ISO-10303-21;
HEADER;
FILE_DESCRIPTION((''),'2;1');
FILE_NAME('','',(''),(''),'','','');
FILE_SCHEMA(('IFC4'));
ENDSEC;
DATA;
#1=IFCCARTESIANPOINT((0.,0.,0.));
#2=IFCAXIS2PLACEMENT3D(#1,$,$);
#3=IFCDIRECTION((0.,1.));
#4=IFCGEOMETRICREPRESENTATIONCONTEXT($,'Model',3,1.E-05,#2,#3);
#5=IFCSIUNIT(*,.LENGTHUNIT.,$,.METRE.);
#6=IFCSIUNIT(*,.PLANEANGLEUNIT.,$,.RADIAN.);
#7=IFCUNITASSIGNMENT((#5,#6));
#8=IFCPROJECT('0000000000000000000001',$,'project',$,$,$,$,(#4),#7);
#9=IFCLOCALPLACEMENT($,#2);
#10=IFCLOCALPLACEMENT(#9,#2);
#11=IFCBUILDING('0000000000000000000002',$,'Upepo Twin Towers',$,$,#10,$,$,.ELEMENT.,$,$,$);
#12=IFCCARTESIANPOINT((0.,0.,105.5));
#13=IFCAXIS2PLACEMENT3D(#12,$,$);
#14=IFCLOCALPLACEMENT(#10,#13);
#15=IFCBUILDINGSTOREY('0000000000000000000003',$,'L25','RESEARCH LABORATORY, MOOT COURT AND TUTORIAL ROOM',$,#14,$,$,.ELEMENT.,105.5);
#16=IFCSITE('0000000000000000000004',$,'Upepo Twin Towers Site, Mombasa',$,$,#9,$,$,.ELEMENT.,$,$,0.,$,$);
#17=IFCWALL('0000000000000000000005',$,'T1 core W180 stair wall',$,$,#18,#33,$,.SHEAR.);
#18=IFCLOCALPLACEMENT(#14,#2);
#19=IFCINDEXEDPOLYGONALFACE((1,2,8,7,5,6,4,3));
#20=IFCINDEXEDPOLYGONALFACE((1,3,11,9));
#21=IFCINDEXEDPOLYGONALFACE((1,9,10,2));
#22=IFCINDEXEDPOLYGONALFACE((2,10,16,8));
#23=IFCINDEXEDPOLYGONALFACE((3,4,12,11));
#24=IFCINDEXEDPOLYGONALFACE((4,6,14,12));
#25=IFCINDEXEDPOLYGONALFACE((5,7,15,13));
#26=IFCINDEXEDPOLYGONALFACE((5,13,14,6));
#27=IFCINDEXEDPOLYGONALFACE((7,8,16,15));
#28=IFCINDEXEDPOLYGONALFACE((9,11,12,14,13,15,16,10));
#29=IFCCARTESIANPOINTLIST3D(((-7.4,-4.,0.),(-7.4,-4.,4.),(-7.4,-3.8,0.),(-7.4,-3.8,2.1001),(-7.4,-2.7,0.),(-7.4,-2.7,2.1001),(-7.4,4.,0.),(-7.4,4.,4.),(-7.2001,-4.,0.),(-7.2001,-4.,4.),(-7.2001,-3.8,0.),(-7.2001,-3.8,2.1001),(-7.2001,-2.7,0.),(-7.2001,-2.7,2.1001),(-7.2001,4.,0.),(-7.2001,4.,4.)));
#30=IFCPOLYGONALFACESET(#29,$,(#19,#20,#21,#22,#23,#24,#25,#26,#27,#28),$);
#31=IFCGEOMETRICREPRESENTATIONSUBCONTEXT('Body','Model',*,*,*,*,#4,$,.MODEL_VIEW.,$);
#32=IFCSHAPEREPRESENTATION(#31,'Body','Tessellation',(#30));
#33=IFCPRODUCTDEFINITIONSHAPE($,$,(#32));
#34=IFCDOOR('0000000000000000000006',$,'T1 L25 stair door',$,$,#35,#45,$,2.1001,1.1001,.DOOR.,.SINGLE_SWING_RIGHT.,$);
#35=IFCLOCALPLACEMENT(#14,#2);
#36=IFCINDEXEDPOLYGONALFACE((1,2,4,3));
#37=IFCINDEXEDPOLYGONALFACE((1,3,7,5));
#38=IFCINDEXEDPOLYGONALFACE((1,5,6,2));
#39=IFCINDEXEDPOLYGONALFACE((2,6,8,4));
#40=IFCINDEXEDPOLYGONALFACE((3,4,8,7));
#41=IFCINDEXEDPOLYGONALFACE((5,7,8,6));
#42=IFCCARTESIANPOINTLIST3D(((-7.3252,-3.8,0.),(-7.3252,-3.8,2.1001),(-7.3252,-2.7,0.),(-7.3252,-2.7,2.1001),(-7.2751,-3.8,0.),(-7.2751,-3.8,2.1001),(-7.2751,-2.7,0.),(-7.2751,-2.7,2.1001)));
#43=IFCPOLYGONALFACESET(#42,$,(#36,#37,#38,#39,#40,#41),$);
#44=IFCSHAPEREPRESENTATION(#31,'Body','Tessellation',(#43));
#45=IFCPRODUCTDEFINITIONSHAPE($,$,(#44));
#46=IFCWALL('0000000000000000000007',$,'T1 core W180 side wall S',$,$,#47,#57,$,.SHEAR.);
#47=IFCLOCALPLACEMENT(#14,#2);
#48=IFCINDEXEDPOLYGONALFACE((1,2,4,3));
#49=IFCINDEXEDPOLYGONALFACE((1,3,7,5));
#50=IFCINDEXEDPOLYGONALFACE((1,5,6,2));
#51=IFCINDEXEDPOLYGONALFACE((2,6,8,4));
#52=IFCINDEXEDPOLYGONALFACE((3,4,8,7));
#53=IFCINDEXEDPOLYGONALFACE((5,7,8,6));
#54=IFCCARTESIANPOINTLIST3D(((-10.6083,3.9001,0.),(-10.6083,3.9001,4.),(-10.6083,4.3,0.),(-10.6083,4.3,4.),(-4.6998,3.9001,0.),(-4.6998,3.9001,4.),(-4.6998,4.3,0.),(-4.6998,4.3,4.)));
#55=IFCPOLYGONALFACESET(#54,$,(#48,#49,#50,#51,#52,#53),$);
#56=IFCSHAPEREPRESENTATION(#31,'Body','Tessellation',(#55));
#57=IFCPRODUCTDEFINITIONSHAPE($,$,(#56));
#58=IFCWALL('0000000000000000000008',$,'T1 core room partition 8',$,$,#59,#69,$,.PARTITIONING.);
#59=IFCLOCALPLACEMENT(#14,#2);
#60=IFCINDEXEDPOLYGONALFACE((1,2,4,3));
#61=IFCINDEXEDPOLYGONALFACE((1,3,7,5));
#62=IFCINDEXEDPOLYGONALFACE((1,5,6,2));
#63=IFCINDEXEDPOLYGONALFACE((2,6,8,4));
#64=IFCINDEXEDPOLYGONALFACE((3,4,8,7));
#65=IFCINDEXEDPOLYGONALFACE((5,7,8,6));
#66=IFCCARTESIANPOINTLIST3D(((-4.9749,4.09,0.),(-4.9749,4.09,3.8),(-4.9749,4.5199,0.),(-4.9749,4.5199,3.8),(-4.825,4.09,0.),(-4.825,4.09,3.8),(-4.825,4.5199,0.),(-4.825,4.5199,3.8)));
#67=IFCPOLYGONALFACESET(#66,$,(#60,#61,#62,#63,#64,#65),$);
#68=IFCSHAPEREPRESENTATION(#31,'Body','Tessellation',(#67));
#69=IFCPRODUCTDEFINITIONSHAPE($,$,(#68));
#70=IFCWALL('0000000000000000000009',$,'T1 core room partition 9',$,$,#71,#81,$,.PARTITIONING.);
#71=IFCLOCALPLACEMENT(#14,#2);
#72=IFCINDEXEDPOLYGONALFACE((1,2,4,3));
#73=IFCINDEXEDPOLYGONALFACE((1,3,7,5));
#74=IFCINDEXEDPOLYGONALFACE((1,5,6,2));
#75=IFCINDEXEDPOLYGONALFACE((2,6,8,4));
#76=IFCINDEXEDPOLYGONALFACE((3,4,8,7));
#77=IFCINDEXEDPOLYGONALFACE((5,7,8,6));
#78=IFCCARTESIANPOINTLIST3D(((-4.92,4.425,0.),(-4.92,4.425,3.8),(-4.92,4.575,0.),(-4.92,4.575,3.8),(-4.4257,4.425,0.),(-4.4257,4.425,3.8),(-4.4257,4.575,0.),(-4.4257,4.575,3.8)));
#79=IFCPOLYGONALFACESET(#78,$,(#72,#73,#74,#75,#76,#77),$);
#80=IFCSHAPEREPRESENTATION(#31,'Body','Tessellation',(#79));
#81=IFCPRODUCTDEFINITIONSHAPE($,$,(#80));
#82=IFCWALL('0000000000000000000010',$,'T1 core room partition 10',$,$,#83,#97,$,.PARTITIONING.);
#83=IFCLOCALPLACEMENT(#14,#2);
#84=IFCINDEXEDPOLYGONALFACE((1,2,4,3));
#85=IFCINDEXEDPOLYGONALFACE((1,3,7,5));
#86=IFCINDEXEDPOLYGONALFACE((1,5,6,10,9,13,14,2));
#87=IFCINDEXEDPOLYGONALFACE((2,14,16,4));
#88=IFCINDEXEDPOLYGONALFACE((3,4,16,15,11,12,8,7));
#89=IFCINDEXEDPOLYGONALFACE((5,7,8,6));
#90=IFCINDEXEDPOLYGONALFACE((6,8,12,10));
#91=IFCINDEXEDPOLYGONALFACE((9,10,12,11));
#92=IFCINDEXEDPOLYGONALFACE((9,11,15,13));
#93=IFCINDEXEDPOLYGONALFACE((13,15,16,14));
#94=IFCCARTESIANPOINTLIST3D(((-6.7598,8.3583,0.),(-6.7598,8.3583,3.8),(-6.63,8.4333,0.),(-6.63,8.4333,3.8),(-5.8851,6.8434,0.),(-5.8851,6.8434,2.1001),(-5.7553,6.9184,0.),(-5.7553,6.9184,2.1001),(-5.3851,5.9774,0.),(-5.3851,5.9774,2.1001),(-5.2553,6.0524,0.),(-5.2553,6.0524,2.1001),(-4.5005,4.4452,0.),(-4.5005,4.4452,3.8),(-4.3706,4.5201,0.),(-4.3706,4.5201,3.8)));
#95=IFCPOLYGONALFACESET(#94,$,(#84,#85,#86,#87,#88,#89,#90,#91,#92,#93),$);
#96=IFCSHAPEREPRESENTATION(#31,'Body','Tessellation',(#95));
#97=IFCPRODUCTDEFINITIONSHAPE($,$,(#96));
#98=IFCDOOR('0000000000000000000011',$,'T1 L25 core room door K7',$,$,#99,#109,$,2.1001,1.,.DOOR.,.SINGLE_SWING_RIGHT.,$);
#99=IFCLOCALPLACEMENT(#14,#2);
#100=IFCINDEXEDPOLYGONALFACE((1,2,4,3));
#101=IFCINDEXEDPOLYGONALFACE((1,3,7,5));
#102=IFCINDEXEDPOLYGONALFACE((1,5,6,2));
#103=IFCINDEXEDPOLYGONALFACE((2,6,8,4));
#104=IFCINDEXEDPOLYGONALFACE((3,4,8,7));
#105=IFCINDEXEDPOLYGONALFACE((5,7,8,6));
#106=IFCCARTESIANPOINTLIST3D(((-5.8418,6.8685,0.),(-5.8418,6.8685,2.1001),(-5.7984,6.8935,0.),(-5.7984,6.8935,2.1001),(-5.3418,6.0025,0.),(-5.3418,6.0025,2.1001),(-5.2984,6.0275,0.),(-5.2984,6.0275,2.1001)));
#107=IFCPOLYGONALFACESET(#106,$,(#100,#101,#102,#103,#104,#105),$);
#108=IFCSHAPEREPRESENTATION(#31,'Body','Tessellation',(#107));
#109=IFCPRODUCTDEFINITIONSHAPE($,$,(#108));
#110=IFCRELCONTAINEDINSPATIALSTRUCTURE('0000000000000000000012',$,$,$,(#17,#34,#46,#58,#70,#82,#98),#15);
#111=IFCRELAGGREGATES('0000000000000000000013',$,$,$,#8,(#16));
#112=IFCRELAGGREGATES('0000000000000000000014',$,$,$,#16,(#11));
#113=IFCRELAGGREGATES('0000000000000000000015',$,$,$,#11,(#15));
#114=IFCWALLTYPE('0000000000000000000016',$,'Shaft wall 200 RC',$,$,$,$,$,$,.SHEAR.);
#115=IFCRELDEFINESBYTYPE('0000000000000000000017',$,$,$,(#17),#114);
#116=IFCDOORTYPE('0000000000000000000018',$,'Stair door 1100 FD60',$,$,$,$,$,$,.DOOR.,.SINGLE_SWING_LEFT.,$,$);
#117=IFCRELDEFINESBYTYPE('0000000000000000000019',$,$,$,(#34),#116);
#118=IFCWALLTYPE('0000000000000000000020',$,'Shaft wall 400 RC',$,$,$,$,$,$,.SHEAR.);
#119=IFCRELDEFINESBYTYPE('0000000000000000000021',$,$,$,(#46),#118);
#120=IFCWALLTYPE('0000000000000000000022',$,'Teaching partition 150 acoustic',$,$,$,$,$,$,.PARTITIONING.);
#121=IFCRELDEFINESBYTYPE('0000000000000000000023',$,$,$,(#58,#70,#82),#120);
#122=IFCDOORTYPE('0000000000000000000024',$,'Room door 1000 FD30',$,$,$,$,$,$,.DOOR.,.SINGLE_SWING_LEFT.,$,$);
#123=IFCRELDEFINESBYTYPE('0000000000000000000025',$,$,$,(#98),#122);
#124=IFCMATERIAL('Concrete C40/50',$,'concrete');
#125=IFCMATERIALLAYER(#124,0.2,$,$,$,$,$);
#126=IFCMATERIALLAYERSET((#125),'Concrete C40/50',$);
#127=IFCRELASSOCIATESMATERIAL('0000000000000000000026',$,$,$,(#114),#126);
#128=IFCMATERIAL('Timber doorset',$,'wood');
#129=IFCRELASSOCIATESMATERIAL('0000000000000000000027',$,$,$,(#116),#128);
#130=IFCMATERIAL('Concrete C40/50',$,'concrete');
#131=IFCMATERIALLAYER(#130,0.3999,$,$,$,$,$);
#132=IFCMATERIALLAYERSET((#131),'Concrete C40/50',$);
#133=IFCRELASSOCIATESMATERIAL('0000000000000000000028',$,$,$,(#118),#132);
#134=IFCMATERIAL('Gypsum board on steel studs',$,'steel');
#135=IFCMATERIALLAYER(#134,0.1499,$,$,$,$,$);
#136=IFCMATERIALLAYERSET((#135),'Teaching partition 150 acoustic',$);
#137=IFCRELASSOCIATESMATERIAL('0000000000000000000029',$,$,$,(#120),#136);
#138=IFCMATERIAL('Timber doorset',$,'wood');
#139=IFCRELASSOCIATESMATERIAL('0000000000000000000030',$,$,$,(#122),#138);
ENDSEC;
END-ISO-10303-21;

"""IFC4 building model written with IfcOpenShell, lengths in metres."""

from ifc_helpers import new_model, si_unit, direction, frame, frame_2d, origin, place, context, subcontext, project, spatial, rectangle, extrude, material, layer, layer_set, type_object, element, fill, save


model = new_model("IFC4")

# Units and contexts
model_context = context("Model", 3, precision=1e-05, world=origin(), true_north=direction((0.0, 1.0)))
body_context = subcontext(model_context, "Body", "Model", "MODEL_VIEW")
ifc_project = project(units=[si_unit("LENGTHUNIT", "METRE"), si_unit("PLANEANGLEUNIT", "RADIAN")], contexts=[model_context])

# Site, building, storey
site_placement = place(None, origin())
site = spatial("IfcSite", under=ifc_project, at=site_placement, Name="Upepo Twin Towers Site, Mombasa", CompositionType="ELEMENT", RefElevation=0.0)
building_placement = place(site_placement, origin())
building = spatial("IfcBuilding", under=site, at=building_placement, Name="Upepo Twin Towers", CompositionType="ELEMENT")
storey_placement = place(building_placement, frame((0.0, 0.0, 105.5)))
storey = spatial("IfcBuildingStorey", under=building, at=storey_placement, Name="L25", Description="RESEARCH LABORATORY, MOOT COURT AND TUTORIAL ROOM", CompositionType="ELEMENT", Elevation=105.5)

# Shared definitions
ifc_material_1 = material(Name="Concrete C40/50", Category="concrete")
ifc_layer_1 = layer(ifc_material_1, 0.2)
ifc_layer_set_1 = layer_set([ifc_layer_1], Name="Concrete C40/50")
wall_type_1 = type_object("IfcWallType", Name="Shaft wall 200 RC", PredefinedType="SHEAR", material=ifc_layer_set_1)

# Wall, opening, door
wall_1_placement = place(storey_placement, frame((-7.3, 4.0, 0.0), z_axis=(0.0, 0.0, 1.0), x_axis=(0.0, -1.0, 0.0)))
wall_1 = element("IfcWall", 1, at=wall_1_placement, inside=storey, type_object=wall_type_1, Name="T1 core W180 stair wall", PredefinedType="SHEAR", context=body_context, shape_type="SweptSolid", body=[
    extrude(rectangle(XDim=8.0, YDim=0.2, at=frame_2d((4.0, 0.0))), origin(), (0.0, 0.0, 1.0), 4.0),
])
opening_1_placement = place(wall_1_placement, frame((6.7, 0.0, 0.0)))
opening_1 = element("IfcOpeningElement", 2, at=opening_1_placement, cuts=wall_1, PredefinedType="OPENING", context=body_context, shape_type="SweptSolid", body=[
    extrude(rectangle(XDim=1.1001, YDim=2.1001, at=frame_2d((0.55, 1.05))), frame((0.0, 0.1099, 0.0), z_axis=(0.0, -1.0, 0.0), x_axis=(1.0, 0.0, 0.0)), (0.0, 0.0, 1.0), 0.22),
])
ifc_material_2 = material(Name="Timber doorset", Category="wood")
door_type_1 = type_object("IfcDoorType", Name="Stair door 1100 FD60", OperationType="SINGLE_SWING_LEFT", PredefinedType="DOOR", material=ifc_material_2)
door_1_placement = place(opening_1_placement, origin())
door_1 = element("IfcDoor", 3, at=door_1_placement, inside=storey, type_object=door_type_1, Name="T1 L25 stair door", OperationType="SINGLE_SWING_RIGHT", OverallHeight=2.1001, OverallWidth=1.1001, PredefinedType="DOOR", context=body_context, shape_type="SweptSolid", body=[
    extrude(rectangle(XDim=1.1001, YDim=2.1001, at=frame_2d((0.55, 1.05))), frame((0.0, 0.0249, 0.0), z_axis=(0.0, -1.0, 0.0), x_axis=(1.0, 0.0, 0.0)), (0.0, 0.0, 1.0), 0.05),
])
fill(opening_1, door_1)

# Walls
ifc_material_3 = material(Name="Concrete C40/50", Category="concrete")
ifc_layer_2 = layer(ifc_material_3, 0.3999)
ifc_layer_set_2 = layer_set([ifc_layer_2], Name="Concrete C40/50")
wall_type_2 = type_object("IfcWallType", Name="Shaft wall 400 RC", PredefinedType="SHEAR", material=ifc_layer_set_2)
wall_2_placement = place(storey_placement, frame((-4.7, 4.1001, 0.0), z_axis=(0.0, 0.0, 1.0), x_axis=(-1.0, 0.0, 0.0)))
element("IfcWall", 4, at=wall_2_placement, inside=storey, type_object=wall_type_2, Name="T1 core W180 side wall S", PredefinedType="SHEAR", context=body_context, shape_type="SweptSolid", body=[
    extrude(rectangle(XDim=5.9084, YDim=0.3999, at=frame_2d((2.9541, 0.0))), origin(), (0.0, 0.0, 1.0), 4.0),
])
ifc_material_4 = material(Name="Gypsum board on steel studs", Category="steel")
ifc_layer_3 = layer(ifc_material_4, 0.1499)
ifc_layer_set_3 = layer_set([ifc_layer_3], Name="Teaching partition 150 acoustic")
wall_type_3 = type_object("IfcWallType", Name="Teaching partition 150 acoustic", PredefinedType="PARTITIONING", material=ifc_layer_set_3)
wall_3_placement = place(storey_placement, frame((-4.8999, 4.0901, 0.0), z_axis=(0.0, 0.0, 1.0), x_axis=(0.0, 1.0, 0.0)))
element("IfcWall", 5, at=wall_3_placement, inside=storey, type_object=wall_type_3, Name="T1 core room partition 8", PredefinedType="PARTITIONING", context=body_context, shape_type="SweptSolid", body=[
    extrude(rectangle(XDim=0.4299, YDim=0.1499, at=frame_2d((0.2148, 0.0))), origin(), (0.0, 0.0, 1.0), 3.8),
])
wall_4_placement = place(storey_placement, frame((-4.9199, 4.5, 0.0), z_axis=(0.0, 0.0, 1.0), x_axis=(1.0, 0.0, 0.0)))
element("IfcWall", 6, at=wall_4_placement, inside=storey, type_object=wall_type_3, Name="T1 core room partition 9", PredefinedType="PARTITIONING", context=body_context, shape_type="SweptSolid", body=[
    extrude(rectangle(XDim=0.4944, YDim=0.1499, at=frame_2d((0.2471, 0.0))), origin(), (0.0, 0.0, 1.0), 3.8),
])

# Wall, opening, door
wall_5_placement = place(storey_placement, frame((-4.4355, 4.4827, 0.0), z_axis=(0.0, 0.0, 1.0), x_axis=(-0.500009, 0.86602, 0.0)))
wall_5 = element("IfcWall", 7, at=wall_5_placement, inside=storey, type_object=wall_type_3, Name="T1 core room partition 10", PredefinedType="PARTITIONING", context=body_context, shape_type="SweptSolid", body=[
    extrude(rectangle(XDim=4.5186, YDim=0.1499, at=frame_2d((2.2593, 0.0))), origin(), (0.0, 0.0, 1.0), 3.8),
])
opening_2_placement = place(wall_5_placement, frame((1.7693, 0.0, 0.0)))
opening_2 = element("IfcOpeningElement", 8, at=opening_2_placement, cuts=wall_5, PredefinedType="OPENING", context=body_context, shape_type="SweptSolid", body=[
    extrude(rectangle(XDim=1.0, YDim=2.1001, at=frame_2d((0.5, 1.05))), frame((0.0, 0.085, 0.0), z_axis=(0.0, -1.0, 0.0), x_axis=(1.0, 0.0, 0.0)), (0.0, 0.0, 1.0), 0.1699),
])
ifc_material_5 = material(Name="Timber doorset", Category="wood")
door_type_2 = type_object("IfcDoorType", Name="Room door 1000 FD30", OperationType="SINGLE_SWING_LEFT", PredefinedType="DOOR", material=ifc_material_5)
door_2_placement = place(opening_2_placement, origin())
door_2 = element("IfcDoor", 9, at=door_2_placement, inside=storey, type_object=door_type_2, Name="T1 L25 core room door K7", OperationType="SINGLE_SWING_RIGHT", OverallHeight=2.1001, OverallWidth=1.0, PredefinedType="DOOR", context=body_context, shape_type="SweptSolid", body=[
    extrude(rectangle(XDim=1.0, YDim=2.1001, at=frame_2d((0.5, 1.05))), frame((0.0, 0.0249, 0.0), z_axis=(0.0, -1.0, 0.0), x_axis=(1.0, 0.0, 0.0)), (0.0, 0.0, 1.0), 0.05),
])
fill(opening_2, door_2)

save(model, "model.ifc")
